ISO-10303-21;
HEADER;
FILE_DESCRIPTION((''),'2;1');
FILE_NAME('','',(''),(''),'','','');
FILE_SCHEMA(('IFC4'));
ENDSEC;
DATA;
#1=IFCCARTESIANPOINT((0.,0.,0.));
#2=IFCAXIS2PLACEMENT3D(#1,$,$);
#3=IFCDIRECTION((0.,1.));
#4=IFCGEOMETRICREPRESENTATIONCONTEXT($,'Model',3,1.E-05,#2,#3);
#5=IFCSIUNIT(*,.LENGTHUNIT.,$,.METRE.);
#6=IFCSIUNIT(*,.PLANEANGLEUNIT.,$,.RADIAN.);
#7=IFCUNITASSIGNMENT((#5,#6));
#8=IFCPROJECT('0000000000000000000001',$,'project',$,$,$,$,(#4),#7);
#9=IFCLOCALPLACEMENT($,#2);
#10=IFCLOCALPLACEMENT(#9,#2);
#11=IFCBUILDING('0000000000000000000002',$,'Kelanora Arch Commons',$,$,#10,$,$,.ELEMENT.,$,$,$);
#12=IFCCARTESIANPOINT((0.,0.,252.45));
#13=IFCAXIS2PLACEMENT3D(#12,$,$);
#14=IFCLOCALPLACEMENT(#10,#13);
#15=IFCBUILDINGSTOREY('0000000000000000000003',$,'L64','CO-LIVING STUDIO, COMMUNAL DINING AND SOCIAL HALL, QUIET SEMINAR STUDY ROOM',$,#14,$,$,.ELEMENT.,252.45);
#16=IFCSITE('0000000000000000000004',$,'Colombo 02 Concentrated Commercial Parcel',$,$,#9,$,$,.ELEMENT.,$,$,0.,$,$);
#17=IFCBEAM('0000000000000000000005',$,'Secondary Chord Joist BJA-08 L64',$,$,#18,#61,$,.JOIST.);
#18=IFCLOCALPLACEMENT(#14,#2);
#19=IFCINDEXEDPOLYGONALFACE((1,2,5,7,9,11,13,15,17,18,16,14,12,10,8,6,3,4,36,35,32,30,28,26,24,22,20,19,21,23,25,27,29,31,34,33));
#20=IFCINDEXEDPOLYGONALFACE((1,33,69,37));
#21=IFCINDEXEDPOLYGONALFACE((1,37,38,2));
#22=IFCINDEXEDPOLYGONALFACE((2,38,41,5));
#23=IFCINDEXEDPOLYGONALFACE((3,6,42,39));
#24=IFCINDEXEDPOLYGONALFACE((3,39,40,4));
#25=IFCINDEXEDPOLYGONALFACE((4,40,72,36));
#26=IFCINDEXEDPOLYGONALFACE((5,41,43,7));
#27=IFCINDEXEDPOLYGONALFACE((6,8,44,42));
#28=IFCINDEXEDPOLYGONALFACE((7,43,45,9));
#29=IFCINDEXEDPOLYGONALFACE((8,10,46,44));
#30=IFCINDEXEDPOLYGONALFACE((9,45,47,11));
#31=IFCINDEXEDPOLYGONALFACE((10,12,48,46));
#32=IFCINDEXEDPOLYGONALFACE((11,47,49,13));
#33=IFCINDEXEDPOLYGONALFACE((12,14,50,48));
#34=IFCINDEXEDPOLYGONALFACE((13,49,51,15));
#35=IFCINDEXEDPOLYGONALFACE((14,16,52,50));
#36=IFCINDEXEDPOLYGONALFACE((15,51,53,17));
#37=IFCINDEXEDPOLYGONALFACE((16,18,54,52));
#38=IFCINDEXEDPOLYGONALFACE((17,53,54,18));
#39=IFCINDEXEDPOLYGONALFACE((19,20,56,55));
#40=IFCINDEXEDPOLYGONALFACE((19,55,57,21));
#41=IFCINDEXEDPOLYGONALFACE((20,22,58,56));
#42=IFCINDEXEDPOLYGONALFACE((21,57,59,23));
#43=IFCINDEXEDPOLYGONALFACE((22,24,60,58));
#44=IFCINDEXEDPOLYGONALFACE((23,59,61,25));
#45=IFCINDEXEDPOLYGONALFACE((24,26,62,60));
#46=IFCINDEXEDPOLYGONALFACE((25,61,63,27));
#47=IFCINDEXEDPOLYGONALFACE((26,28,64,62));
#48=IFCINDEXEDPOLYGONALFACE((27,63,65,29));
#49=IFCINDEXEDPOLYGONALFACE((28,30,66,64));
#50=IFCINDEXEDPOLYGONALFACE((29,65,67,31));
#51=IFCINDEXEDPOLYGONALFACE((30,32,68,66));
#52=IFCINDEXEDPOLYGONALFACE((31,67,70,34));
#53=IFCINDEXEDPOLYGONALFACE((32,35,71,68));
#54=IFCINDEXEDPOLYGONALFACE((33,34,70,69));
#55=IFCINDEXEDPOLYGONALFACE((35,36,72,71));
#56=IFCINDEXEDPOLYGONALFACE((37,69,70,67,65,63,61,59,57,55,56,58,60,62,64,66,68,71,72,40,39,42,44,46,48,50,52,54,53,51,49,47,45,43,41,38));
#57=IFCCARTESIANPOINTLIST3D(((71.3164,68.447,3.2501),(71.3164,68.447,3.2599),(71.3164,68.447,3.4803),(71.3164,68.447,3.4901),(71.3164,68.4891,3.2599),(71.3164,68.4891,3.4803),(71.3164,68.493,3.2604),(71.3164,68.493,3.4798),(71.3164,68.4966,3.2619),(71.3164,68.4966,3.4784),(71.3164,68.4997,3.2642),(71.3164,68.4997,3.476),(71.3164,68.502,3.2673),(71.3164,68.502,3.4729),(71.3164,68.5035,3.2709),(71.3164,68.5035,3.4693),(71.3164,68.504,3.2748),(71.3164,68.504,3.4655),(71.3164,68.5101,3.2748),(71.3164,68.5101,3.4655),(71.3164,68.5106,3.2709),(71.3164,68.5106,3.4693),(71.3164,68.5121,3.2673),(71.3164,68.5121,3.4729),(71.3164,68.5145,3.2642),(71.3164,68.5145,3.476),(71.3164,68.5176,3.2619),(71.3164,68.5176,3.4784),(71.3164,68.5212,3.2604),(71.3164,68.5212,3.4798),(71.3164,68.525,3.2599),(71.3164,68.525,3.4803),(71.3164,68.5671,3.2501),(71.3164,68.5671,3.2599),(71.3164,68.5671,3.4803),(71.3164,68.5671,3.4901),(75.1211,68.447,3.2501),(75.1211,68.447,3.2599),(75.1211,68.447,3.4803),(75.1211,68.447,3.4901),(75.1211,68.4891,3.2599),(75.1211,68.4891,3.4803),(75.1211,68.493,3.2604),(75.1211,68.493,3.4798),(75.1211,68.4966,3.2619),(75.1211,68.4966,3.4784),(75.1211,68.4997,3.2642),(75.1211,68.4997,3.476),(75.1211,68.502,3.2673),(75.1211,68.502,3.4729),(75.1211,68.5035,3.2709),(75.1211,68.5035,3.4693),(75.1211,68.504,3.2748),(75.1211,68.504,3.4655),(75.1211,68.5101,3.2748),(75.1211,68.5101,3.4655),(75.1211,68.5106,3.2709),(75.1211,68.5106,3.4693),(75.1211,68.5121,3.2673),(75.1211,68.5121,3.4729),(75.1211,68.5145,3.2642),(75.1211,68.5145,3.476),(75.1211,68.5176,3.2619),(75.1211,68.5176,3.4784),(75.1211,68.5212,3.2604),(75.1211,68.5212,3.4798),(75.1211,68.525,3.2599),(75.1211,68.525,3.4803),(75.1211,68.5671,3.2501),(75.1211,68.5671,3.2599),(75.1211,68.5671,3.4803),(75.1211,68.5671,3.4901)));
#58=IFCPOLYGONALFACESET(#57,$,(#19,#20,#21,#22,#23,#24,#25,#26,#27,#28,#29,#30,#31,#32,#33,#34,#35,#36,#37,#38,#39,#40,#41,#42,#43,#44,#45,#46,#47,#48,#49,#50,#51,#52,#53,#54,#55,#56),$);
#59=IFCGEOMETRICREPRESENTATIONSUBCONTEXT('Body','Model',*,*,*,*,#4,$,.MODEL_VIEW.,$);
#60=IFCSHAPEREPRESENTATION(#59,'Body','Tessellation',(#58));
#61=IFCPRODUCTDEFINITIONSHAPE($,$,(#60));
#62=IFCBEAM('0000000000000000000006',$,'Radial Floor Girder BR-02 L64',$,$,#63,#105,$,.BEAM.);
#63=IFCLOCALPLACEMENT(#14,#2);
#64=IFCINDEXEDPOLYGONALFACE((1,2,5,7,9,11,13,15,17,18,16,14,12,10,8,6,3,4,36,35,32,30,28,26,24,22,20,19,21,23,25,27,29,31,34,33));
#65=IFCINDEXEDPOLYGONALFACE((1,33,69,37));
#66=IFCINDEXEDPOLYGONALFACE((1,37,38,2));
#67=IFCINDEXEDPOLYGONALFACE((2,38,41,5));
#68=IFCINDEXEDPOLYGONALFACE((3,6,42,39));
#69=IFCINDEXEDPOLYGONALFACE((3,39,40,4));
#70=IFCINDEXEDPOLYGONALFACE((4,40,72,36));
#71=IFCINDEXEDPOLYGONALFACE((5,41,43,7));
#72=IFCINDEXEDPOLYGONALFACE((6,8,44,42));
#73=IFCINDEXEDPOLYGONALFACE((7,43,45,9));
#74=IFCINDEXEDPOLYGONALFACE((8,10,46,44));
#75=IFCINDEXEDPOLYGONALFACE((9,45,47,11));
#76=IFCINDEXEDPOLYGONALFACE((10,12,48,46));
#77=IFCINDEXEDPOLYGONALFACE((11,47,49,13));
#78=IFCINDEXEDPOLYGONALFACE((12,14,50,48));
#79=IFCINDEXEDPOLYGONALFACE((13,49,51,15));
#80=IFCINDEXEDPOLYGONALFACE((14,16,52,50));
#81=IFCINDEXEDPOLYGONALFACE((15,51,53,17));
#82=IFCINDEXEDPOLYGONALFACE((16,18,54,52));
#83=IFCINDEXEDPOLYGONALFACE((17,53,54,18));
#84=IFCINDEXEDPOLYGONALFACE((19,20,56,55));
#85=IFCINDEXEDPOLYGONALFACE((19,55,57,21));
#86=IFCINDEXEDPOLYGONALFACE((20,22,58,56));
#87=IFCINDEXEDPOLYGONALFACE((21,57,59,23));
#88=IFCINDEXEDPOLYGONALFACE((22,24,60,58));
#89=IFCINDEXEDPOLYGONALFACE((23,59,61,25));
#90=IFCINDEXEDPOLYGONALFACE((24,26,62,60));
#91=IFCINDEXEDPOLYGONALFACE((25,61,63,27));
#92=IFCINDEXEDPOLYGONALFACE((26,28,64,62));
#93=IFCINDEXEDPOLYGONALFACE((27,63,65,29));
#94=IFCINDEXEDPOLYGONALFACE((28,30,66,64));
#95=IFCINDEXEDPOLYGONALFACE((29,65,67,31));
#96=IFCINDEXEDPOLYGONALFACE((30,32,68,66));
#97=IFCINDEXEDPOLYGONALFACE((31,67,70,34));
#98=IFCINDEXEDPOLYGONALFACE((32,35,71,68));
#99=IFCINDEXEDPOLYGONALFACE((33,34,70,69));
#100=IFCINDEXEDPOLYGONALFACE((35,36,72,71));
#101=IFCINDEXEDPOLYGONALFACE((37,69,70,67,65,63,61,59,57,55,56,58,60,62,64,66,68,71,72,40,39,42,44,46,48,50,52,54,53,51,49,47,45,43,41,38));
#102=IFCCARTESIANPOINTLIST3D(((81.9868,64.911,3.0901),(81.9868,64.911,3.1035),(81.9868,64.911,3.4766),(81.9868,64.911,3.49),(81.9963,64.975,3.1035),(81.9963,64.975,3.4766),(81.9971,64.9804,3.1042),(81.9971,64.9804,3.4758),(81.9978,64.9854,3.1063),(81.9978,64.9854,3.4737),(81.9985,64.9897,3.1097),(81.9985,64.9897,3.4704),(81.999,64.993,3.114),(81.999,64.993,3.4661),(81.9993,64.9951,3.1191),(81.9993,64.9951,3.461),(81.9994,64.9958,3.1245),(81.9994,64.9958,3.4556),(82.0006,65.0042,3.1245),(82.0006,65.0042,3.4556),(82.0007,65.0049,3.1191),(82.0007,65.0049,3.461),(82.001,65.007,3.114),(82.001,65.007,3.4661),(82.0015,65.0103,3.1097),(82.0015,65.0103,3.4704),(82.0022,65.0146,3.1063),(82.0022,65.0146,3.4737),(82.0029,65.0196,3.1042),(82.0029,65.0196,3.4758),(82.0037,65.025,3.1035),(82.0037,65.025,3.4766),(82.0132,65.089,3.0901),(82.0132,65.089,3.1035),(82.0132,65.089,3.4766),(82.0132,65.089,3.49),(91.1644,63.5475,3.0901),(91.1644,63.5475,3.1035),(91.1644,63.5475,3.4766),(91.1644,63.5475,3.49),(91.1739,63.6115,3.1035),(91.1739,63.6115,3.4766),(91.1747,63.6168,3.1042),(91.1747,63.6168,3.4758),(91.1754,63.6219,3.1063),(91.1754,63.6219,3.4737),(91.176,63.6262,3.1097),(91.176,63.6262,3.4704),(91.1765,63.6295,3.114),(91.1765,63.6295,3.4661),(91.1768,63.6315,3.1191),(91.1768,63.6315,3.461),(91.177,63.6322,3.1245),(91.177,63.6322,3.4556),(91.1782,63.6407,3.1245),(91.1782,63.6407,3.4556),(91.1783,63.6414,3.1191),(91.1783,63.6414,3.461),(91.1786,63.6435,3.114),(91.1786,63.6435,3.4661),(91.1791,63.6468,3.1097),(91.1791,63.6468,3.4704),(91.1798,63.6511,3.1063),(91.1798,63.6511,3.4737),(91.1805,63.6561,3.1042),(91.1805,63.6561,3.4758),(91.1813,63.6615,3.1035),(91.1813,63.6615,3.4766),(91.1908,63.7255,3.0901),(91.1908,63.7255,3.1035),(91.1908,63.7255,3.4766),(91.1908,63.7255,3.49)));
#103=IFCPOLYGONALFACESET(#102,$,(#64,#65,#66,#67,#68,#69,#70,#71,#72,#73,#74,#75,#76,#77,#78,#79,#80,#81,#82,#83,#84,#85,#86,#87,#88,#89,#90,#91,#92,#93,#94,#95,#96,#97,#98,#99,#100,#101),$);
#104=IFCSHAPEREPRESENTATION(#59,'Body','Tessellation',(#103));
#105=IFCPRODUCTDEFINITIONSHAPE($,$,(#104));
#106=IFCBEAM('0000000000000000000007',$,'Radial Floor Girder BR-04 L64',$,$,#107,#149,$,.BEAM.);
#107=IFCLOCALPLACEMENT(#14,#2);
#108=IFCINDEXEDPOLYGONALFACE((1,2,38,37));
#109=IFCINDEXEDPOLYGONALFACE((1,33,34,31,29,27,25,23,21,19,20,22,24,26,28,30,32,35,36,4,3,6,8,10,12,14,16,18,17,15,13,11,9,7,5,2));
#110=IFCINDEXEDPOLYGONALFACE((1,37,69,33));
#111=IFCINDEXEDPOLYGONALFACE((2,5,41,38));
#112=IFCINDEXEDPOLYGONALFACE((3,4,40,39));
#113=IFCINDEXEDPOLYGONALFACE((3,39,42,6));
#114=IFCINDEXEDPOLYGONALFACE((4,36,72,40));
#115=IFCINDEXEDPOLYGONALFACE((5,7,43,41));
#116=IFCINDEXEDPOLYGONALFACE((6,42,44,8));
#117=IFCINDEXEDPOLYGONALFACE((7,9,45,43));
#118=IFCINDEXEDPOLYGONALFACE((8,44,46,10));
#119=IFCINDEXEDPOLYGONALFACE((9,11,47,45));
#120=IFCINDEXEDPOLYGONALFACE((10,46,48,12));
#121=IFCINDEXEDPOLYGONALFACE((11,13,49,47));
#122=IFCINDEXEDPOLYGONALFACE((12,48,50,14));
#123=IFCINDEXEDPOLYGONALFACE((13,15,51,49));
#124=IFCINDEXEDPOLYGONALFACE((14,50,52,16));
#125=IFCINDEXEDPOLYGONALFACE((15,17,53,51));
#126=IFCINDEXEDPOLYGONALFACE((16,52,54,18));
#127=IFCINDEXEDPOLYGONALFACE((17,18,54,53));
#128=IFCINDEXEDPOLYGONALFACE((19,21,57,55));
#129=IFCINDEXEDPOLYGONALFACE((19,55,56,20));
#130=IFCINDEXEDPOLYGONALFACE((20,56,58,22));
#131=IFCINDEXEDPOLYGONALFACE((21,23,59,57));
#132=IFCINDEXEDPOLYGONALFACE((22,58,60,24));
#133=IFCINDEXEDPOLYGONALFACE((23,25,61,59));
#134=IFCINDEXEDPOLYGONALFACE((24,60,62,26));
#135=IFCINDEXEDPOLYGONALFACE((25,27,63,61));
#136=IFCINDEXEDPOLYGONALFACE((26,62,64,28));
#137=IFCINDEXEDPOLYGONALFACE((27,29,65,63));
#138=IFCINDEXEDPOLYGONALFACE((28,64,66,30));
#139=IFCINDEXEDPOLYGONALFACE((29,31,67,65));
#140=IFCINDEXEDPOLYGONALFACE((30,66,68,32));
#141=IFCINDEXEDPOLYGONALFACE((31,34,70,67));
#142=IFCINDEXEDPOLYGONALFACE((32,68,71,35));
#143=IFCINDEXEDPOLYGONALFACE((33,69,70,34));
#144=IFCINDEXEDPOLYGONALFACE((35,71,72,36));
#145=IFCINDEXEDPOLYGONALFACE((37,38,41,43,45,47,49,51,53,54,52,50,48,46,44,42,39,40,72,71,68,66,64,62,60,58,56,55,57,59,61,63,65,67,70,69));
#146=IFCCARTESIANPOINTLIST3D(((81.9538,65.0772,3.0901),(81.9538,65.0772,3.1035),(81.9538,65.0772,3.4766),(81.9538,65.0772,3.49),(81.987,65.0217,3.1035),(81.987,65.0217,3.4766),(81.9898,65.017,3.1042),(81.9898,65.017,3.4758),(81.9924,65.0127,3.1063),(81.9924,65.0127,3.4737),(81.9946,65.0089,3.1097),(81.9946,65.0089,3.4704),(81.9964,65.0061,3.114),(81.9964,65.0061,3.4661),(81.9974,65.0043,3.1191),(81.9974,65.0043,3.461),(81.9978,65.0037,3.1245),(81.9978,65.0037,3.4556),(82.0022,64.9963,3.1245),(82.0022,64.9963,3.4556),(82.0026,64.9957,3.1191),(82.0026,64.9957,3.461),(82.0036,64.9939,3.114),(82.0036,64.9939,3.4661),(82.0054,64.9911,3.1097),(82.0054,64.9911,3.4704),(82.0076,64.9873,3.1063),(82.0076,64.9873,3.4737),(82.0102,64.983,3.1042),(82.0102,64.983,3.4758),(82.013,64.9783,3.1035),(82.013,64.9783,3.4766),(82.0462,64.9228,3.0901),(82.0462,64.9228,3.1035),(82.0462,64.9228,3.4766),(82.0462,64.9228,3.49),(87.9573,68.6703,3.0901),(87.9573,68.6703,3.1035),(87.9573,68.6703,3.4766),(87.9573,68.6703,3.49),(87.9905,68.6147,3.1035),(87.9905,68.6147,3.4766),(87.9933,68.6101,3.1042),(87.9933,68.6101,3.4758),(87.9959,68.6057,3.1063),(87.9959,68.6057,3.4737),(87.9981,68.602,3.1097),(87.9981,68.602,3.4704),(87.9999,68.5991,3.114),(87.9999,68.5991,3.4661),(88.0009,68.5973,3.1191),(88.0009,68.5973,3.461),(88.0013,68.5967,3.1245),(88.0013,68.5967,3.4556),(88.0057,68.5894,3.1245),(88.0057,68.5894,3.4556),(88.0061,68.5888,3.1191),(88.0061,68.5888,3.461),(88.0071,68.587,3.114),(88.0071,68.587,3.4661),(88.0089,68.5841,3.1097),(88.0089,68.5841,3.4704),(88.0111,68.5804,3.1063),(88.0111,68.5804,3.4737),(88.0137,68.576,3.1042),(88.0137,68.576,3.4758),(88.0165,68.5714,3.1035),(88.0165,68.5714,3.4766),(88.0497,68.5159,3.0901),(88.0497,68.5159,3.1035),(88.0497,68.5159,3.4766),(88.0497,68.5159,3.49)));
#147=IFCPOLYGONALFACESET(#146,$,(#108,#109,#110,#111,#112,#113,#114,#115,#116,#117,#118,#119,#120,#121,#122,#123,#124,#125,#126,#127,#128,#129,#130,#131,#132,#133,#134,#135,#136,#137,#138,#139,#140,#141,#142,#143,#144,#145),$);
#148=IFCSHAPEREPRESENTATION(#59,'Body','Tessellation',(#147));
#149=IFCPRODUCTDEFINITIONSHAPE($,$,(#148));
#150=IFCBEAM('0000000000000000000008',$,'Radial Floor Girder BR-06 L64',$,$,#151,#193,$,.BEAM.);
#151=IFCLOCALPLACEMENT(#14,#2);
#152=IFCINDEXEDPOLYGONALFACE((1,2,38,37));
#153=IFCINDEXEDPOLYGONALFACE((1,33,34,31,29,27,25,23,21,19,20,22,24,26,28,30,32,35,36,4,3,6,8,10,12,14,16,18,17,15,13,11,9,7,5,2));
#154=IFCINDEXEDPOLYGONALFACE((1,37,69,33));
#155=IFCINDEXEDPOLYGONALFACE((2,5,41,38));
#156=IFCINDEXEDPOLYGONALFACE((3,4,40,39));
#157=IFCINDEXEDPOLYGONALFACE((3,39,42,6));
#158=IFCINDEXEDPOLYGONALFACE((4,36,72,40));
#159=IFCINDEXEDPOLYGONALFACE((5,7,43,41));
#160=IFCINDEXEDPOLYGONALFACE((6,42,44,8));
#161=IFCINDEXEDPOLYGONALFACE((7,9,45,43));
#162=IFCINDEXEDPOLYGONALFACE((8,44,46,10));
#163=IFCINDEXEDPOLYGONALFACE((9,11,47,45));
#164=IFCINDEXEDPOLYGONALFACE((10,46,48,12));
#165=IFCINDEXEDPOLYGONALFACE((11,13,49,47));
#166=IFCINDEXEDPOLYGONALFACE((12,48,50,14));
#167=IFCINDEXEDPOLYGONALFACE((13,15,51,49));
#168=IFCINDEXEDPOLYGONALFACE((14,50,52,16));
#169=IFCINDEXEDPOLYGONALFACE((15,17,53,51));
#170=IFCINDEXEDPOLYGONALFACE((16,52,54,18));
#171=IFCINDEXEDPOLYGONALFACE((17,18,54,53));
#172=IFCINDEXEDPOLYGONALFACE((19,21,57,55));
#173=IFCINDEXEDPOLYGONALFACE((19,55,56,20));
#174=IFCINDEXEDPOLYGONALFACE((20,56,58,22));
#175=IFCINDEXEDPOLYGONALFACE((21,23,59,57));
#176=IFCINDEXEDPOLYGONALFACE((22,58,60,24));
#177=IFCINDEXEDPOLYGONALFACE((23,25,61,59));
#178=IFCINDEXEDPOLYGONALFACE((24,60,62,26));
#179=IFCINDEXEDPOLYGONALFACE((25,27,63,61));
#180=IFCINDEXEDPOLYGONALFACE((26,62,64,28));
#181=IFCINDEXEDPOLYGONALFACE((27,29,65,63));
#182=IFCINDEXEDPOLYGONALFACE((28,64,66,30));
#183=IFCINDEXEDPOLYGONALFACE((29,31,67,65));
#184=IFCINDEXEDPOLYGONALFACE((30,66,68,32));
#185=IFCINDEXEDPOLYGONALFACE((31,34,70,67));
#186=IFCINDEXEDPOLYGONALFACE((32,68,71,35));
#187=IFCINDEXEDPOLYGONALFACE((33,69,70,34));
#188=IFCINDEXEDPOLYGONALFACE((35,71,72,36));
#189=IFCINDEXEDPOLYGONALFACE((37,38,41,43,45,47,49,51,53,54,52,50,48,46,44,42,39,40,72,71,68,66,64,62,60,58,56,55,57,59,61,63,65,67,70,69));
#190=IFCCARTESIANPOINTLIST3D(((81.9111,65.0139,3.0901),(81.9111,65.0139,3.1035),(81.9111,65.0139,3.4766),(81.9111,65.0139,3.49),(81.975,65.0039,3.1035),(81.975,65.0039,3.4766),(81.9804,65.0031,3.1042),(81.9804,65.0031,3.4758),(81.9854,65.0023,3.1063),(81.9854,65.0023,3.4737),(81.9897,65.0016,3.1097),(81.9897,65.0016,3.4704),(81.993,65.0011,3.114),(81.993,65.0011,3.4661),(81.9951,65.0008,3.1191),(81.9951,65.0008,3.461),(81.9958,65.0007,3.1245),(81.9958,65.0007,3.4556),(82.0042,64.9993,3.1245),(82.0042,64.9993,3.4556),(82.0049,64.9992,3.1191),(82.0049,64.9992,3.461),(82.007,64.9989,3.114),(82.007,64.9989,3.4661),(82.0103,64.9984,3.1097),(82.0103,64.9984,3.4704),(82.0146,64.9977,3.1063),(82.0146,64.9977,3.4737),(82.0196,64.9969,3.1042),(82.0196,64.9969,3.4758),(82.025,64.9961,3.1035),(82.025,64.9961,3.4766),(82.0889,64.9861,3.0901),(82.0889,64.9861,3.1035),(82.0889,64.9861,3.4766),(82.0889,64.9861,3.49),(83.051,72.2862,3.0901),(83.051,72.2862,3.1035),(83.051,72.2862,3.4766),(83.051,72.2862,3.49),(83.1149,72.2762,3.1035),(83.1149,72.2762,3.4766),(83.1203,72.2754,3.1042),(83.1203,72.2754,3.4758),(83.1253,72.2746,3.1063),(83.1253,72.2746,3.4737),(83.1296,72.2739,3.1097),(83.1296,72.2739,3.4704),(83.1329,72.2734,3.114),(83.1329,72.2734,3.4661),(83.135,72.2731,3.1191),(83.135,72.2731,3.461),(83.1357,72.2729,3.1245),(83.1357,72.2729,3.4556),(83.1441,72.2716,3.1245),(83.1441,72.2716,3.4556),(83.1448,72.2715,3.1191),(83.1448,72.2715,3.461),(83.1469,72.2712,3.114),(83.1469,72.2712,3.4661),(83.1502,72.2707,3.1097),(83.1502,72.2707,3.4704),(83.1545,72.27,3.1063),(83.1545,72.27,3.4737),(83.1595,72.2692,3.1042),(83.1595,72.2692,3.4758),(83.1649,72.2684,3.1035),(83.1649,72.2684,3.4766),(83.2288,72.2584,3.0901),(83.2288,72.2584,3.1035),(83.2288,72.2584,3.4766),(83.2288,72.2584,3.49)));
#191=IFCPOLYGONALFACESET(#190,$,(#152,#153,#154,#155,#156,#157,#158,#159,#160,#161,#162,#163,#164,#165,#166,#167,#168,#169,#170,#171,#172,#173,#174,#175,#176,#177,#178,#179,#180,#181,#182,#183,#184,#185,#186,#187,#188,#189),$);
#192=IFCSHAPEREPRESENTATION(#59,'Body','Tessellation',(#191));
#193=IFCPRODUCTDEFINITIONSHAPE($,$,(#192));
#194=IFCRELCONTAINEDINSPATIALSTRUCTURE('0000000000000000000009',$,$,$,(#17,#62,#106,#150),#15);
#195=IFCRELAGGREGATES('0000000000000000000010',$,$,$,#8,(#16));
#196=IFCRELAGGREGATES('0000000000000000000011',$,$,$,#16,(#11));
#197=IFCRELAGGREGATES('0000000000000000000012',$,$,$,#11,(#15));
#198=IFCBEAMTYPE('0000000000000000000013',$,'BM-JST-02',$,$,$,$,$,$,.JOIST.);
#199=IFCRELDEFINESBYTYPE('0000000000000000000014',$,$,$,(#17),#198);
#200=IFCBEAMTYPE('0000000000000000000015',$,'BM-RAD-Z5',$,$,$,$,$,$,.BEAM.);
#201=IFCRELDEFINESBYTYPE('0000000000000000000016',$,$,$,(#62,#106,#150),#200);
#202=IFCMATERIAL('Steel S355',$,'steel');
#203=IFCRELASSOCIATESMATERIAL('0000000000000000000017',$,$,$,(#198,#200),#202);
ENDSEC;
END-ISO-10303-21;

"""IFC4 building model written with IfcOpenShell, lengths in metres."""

from ifc_helpers import new_model, si_unit, direction, frame, origin, origin_2d, place, context, subcontext, project, spatial, i_section, extrude, material, material_profile, profile_set, type_object, element, save


model = new_model("IFC4")

# Units and contexts
model_context = context("Model", 3, precision=1e-05, world=origin(), true_north=direction((0.0, 1.0)))
body_context = subcontext(model_context, "Body", "Model", "MODEL_VIEW")
ifc_project = project(units=[si_unit("LENGTHUNIT", "METRE"), si_unit("PLANEANGLEUNIT", "RADIAN")], contexts=[model_context])

# Site, building, storey
site_placement = place(None, origin())
site = spatial("IfcSite", under=ifc_project, at=site_placement, Name="Colombo 02 Concentrated Commercial Parcel", CompositionType="ELEMENT", RefElevation=0.0)
building_placement = place(site_placement, origin())
building = spatial("IfcBuilding", under=site, at=building_placement, Name="Kelanora Arch Commons", CompositionType="ELEMENT")
storey_placement = place(building_placement, frame((0.0, 0.0, 252.45)))
storey = spatial("IfcBuildingStorey", under=building, at=storey_placement, Name="L64", Description="CO-LIVING STUDIO, COMMUNAL DINING AND SOCIAL HALL, QUIET SEMINAR STUDY ROOM", CompositionType="ELEMENT", Elevation=252.45)

# Beams
ifc_material_1 = material(Name="Steel S355", Category="steel")
ifc_material_profile_1 = material_profile(ifc_material_1, i_section(OverallWidth=0.1201, OverallDepth=0.24, WebThickness=0.0061, FlangeThickness=0.0098, FilletRadius=0.0149, at=origin_2d()), Name="IPE240")
ifc_profile_set_1 = profile_set([ifc_material_profile_1], Name="Steel S355")
beam_type_1 = type_object("IfcBeamType", Name="BM-JST-02", PredefinedType="JOIST", material=ifc_profile_set_1)
beam_1_placement = place(storey_placement, frame((75.1211, 68.5071, 3.3701), z_axis=(-1.0, 0.0, 0.0), x_axis=(0.0, -1.0, 0.0)))
element("IfcBeam", 1, at=beam_1_placement, inside=storey, type_object=beam_type_1, Name="Secondary Chord Joist BJA-08 L64", PredefinedType="JOIST", context=body_context, shape_type="SweptSolid", body=[
    extrude(i_section(OverallWidth=0.1201, OverallDepth=0.24, WebThickness=0.0061, FlangeThickness=0.0098, FilletRadius=0.0149, at=origin_2d()), origin(), (0.0, 0.0, 1.0), 3.8047),
])
ifc_material_profile_2 = material_profile(ifc_material_1, i_section(OverallWidth=0.1799, OverallDepth=0.3999, WebThickness=0.0085, FlangeThickness=0.0134, FilletRadius=0.021, at=origin_2d()), Name="IPE400")
ifc_profile_set_2 = profile_set([ifc_material_profile_2], Name="Steel S355")
beam_type_2 = type_object("IfcBeamType", Name="BM-RAD-Z5", PredefinedType="BEAM", material=ifc_profile_set_2)
beam_2_placement = place(storey_placement, frame((82.0, 65.0, 3.29), z_axis=(0.989142, -0.14696, 0.0), x_axis=(0.14696, 0.989142, 0.0)))
element("IfcBeam", 2, at=beam_2_placement, inside=storey, type_object=beam_type_2, Name="Radial Floor Girder BR-02 L64", PredefinedType="BEAM", context=body_context, shape_type="SweptSolid", body=[
    extrude(i_section(OverallWidth=0.1799, OverallDepth=0.3999, WebThickness=0.0085, FlangeThickness=0.0134, FilletRadius=0.021, at=origin_2d()), origin(), (0.0, 0.0, 1.0), 9.2783),
])
beam_3_placement = place(storey_placement, frame((82.0, 65.0, 3.29), z_axis=(0.858062, 0.513546, 0.0), x_axis=(-0.513546, 0.858062, 0.0)))
element("IfcBeam", 3, at=beam_3_placement, inside=storey, type_object=beam_type_2, Name="Radial Floor Girder BR-04 L64", PredefinedType="BEAM", context=body_context, shape_type="SweptSolid", body=[
    extrude(i_section(OverallWidth=0.1799, OverallDepth=0.3999, WebThickness=0.0085, FlangeThickness=0.0134, FilletRadius=0.021, at=origin_2d()), origin(), (0.0, 0.0, 1.0), 6.9966),
])
beam_4_placement = place(storey_placement, frame((82.0, 65.0, 3.29), z_axis=(0.154855, 0.987937, 0.0), x_axis=(-0.987937, 0.154855, 0.0)))
element("IfcBeam", 4, at=beam_4_placement, inside=storey, type_object=beam_type_2, Name="Radial Floor Girder BR-06 L64", PredefinedType="BEAM", context=body_context, shape_type="SweptSolid", body=[
    extrude(i_section(OverallWidth=0.1799, OverallDepth=0.3999, WebThickness=0.0085, FlangeThickness=0.0134, FilletRadius=0.021, at=origin_2d()), origin(), (0.0, 0.0, 1.0), 7.3611),
])

save(model, "model.ifc")
